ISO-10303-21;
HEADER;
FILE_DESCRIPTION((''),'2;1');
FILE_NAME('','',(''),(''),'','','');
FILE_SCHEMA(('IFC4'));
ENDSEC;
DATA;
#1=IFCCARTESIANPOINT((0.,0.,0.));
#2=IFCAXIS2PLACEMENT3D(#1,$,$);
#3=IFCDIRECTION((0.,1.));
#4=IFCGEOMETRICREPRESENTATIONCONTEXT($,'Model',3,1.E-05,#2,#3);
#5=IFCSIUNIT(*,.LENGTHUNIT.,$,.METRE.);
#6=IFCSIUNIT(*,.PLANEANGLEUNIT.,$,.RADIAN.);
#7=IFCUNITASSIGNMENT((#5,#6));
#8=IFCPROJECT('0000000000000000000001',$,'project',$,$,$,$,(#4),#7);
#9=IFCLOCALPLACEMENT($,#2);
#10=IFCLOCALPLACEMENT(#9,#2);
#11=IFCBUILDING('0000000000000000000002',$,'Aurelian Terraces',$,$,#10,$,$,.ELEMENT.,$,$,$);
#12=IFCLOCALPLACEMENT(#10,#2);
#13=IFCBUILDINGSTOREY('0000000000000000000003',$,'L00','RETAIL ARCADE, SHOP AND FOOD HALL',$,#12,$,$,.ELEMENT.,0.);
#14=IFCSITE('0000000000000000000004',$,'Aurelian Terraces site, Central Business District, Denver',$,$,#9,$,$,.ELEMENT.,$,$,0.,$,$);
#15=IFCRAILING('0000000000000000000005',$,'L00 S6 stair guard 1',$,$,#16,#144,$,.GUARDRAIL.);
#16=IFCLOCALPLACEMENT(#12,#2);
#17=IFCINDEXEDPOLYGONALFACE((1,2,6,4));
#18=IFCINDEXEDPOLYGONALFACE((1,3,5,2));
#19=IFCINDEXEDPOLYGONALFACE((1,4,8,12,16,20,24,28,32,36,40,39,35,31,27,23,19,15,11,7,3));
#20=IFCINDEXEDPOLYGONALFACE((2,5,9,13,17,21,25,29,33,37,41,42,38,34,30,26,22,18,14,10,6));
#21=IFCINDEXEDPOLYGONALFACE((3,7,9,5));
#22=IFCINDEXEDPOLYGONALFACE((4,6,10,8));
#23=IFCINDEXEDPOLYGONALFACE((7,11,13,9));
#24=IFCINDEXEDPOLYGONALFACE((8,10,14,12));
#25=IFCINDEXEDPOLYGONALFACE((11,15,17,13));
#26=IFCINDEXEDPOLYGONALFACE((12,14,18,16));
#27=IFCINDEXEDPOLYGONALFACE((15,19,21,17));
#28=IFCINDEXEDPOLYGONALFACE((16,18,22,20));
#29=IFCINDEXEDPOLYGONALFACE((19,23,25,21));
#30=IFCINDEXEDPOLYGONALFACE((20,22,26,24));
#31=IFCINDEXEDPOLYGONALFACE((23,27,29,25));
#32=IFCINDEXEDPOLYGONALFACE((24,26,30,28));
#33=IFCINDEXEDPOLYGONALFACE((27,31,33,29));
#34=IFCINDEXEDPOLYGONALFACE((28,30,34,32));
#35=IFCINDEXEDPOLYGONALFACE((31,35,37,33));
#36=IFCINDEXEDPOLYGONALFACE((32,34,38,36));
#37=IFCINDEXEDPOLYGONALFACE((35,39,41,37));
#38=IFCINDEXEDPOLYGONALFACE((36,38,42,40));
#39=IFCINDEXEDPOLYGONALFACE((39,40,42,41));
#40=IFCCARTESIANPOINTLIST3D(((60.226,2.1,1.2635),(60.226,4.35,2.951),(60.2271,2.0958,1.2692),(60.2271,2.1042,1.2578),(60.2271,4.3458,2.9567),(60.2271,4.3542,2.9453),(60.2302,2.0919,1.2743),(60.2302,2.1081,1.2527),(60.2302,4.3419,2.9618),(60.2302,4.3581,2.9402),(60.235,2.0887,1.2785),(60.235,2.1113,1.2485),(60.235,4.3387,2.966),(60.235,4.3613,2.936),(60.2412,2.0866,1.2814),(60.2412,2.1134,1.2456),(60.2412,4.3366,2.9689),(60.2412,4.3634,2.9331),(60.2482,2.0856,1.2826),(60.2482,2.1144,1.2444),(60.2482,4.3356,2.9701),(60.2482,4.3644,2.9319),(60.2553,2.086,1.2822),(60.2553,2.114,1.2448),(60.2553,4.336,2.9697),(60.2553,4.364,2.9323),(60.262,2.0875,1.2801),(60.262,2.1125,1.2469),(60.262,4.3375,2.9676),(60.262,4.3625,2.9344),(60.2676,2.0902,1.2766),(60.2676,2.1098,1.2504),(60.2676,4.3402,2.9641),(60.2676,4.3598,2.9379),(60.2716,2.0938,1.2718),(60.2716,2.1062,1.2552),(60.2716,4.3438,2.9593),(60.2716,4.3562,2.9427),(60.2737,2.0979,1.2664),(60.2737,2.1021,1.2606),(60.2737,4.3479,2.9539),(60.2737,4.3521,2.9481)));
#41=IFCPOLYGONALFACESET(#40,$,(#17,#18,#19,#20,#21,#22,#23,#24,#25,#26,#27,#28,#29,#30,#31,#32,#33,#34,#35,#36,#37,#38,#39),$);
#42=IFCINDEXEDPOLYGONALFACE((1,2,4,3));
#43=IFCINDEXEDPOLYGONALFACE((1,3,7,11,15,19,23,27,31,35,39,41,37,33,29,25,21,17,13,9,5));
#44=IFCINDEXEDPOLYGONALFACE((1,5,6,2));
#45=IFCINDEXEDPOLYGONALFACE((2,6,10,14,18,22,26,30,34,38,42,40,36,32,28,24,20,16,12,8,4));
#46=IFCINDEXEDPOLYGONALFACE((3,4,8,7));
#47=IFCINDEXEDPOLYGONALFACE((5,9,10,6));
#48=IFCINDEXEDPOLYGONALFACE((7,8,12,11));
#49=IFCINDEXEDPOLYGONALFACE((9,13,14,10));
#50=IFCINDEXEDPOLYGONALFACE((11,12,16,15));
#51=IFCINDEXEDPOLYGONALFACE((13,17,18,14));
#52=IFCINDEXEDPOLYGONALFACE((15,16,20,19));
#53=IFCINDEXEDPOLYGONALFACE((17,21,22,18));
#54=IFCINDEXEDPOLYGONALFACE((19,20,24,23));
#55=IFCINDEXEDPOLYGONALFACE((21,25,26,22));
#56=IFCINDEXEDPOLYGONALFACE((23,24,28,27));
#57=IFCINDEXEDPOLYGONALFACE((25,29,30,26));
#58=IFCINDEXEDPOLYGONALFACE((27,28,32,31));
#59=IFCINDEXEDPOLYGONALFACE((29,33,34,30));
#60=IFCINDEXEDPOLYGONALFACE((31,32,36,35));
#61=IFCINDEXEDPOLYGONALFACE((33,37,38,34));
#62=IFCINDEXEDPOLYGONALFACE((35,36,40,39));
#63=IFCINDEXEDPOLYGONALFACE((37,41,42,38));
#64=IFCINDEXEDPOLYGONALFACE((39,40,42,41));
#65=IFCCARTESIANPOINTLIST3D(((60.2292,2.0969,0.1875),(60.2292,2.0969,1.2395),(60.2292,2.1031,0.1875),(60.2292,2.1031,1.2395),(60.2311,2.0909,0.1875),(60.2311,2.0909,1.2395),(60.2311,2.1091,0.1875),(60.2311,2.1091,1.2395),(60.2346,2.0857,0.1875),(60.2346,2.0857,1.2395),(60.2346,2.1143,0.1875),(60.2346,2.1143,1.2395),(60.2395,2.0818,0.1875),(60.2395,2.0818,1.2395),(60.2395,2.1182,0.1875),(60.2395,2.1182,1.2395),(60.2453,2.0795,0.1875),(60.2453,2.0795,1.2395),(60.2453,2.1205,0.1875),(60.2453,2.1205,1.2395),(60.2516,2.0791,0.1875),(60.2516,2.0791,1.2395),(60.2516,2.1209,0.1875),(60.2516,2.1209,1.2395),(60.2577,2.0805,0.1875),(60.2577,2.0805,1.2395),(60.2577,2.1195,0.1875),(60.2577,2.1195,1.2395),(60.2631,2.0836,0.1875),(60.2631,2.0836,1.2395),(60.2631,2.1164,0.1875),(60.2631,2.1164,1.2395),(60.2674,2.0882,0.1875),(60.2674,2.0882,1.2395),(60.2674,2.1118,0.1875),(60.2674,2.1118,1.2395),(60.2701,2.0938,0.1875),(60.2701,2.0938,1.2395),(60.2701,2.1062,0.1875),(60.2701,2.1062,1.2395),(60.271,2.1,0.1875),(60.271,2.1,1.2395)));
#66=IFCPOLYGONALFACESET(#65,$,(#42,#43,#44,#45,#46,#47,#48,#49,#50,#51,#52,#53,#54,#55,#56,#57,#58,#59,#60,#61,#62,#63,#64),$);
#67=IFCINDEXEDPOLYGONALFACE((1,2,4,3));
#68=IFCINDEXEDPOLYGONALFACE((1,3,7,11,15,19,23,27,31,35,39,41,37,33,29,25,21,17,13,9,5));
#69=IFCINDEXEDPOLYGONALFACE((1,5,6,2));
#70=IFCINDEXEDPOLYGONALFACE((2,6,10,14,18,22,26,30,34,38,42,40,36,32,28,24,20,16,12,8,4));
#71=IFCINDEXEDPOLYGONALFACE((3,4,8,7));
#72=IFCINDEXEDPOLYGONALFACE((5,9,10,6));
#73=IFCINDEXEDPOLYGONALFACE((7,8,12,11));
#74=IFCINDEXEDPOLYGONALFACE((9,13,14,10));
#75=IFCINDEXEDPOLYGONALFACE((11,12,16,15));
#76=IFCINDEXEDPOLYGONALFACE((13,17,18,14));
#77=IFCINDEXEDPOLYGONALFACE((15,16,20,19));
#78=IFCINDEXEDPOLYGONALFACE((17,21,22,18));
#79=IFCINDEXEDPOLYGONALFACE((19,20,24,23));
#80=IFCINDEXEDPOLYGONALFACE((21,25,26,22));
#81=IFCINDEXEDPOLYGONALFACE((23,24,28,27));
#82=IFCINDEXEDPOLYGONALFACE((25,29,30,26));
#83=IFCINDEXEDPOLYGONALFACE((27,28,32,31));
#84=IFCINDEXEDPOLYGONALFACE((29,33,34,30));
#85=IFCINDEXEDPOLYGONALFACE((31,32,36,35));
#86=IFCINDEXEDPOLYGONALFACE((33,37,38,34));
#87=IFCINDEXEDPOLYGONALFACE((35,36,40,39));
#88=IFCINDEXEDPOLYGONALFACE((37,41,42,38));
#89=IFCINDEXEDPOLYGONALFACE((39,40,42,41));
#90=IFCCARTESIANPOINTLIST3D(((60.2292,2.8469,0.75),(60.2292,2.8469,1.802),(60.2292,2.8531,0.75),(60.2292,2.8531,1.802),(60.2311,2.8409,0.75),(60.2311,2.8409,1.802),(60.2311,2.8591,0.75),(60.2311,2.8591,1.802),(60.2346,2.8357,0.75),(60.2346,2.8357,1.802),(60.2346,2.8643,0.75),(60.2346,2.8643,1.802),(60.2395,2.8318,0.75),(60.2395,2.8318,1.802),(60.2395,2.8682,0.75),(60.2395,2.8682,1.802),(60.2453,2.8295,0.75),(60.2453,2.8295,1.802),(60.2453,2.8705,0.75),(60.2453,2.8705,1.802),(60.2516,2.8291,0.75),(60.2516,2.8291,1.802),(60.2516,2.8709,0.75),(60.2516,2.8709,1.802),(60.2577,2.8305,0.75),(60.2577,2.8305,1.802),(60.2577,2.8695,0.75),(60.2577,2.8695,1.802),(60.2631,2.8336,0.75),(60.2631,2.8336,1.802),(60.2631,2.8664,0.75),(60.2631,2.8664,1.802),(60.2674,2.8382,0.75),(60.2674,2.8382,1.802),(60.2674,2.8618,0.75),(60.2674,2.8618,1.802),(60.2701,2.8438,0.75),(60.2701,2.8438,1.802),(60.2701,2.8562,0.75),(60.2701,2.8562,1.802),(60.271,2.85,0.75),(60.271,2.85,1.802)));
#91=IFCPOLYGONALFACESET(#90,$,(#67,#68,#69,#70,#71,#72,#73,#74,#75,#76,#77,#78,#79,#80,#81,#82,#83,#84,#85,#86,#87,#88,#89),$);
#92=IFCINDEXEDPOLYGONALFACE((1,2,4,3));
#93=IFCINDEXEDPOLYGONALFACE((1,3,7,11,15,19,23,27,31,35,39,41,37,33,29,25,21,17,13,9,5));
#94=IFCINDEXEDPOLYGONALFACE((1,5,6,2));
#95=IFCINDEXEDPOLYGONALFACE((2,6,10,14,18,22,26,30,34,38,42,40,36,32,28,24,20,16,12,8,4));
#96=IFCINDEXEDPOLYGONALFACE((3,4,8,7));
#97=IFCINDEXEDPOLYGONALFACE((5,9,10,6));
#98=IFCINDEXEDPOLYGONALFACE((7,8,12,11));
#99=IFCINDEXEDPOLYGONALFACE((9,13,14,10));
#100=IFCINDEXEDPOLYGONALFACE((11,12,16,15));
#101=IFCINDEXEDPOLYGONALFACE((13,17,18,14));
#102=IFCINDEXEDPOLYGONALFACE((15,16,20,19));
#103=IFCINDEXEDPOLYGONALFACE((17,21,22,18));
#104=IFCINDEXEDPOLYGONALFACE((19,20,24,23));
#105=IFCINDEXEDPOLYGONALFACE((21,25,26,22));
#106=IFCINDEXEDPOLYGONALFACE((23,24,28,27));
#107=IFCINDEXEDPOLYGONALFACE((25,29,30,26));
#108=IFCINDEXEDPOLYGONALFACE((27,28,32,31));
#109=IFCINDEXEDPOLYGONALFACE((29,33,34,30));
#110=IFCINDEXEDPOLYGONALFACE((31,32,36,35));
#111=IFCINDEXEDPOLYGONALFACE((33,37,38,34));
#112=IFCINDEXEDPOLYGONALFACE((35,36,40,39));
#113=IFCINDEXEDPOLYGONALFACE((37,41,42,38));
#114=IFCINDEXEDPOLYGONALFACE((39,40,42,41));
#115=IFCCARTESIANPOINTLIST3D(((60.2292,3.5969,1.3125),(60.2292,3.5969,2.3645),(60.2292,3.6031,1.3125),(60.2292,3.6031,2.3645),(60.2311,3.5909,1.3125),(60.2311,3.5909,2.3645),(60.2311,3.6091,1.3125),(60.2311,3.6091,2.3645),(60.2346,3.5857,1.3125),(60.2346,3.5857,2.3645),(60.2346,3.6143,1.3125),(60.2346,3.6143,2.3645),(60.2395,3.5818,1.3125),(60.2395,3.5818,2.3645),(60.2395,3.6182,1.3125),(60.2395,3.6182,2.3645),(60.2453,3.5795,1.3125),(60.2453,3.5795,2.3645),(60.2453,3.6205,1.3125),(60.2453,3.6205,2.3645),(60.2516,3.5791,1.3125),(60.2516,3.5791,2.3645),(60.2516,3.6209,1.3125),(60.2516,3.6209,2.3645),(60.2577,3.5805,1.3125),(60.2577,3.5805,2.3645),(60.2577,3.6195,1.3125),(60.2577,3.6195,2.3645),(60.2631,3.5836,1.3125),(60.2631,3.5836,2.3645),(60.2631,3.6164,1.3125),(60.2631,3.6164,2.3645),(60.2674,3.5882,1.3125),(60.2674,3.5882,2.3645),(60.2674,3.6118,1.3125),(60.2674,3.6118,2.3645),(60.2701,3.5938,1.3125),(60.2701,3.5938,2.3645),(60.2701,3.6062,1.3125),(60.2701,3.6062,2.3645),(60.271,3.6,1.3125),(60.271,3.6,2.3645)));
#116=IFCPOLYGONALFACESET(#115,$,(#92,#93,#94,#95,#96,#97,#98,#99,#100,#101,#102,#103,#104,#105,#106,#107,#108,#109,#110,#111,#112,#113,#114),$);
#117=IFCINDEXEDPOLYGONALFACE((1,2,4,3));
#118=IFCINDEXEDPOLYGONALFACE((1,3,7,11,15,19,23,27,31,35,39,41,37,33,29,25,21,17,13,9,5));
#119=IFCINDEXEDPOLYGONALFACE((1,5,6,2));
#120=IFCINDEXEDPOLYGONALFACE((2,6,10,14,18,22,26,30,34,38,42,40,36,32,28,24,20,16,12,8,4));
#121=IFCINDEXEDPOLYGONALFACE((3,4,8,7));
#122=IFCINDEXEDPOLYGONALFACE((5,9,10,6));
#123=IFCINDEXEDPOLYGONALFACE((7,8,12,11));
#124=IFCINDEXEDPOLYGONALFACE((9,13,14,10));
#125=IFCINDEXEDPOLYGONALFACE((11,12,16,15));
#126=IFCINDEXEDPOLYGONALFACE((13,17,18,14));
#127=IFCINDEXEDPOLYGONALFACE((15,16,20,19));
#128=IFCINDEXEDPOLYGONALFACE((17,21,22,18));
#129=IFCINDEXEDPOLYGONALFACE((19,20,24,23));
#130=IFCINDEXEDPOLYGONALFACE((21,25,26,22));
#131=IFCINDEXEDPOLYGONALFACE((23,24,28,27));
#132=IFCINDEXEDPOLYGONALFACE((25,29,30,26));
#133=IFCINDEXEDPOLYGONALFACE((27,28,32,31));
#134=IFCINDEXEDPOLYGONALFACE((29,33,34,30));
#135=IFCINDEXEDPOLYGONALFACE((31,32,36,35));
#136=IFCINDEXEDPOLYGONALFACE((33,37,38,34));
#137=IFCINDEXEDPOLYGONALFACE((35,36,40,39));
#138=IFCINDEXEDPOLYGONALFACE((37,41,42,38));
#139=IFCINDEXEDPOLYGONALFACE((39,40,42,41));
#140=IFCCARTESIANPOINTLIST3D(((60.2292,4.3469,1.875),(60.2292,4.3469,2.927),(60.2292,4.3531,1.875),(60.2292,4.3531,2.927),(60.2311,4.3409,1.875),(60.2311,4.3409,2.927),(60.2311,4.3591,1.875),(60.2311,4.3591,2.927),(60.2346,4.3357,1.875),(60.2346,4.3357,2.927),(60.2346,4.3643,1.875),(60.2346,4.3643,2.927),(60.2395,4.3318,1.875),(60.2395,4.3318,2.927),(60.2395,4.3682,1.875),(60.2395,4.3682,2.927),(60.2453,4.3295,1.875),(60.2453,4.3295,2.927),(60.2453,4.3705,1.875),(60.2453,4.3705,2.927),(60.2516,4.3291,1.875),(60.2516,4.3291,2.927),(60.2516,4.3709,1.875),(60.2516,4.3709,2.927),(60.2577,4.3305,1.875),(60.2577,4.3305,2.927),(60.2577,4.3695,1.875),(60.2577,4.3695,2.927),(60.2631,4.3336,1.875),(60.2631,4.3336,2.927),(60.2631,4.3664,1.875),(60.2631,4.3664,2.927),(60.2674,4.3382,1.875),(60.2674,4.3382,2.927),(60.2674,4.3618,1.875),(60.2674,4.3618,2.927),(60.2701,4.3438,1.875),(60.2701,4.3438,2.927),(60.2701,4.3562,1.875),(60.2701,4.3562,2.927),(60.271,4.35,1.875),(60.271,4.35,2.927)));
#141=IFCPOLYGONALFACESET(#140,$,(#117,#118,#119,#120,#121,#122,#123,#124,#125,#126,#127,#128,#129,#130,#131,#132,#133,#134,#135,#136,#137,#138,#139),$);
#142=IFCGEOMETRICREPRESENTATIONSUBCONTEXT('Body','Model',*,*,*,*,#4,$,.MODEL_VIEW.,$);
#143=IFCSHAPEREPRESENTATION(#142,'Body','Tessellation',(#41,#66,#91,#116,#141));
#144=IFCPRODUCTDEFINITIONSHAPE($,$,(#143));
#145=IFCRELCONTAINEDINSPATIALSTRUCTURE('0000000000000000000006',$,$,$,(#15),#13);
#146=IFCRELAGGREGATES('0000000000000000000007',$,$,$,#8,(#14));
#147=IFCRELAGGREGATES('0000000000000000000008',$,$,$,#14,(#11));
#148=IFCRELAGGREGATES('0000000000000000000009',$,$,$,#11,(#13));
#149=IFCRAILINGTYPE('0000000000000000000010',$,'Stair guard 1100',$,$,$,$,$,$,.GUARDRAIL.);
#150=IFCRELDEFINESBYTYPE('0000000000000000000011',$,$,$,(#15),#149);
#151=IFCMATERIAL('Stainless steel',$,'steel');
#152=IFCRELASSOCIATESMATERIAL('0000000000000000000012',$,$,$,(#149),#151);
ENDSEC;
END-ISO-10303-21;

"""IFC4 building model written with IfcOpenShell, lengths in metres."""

from ifc_helpers import new_model, si_unit, direction, frame, origin, origin_2d, place, context, subcontext, project, spatial, circle, extrude, source, transform, mapped, material, type_object, element, save


model = new_model("IFC4")

# Units and contexts
model_context = context("Model", 3, precision=1e-05, world=origin(), true_north=direction((0.0, 1.0)))
body_context = subcontext(model_context, "Body", "Model", "MODEL_VIEW")
ifc_project = project(units=[si_unit("LENGTHUNIT", "METRE"), si_unit("PLANEANGLEUNIT", "RADIAN")], contexts=[model_context])

# Site, building, storey
site_placement = place(None, origin())
site = spatial("IfcSite", under=ifc_project, at=site_placement, Name="Aurelian Terraces site, Central Business District, Denver", CompositionType="ELEMENT", RefElevation=0.0)
building_placement = place(site_placement, origin())
building = spatial("IfcBuilding", under=site, at=building_placement, Name="Aurelian Terraces", CompositionType="ELEMENT")
storey_placement = place(building_placement, origin())
storey = spatial("IfcBuildingStorey", under=building, at=storey_placement, Name="L00", Description="RETAIL ARCADE, SHOP AND FOOD HALL", CompositionType="ELEMENT", Elevation=0.0)

# Railing
ifc_material_1 = material(Name="Stainless steel", Category="steel")
railing_type_1 = type_object("IfcRailingType", Name="Stair guard 1100", PredefinedType="GUARDRAIL", material=ifc_material_1)
shared_shape_1 = source(origin(), body_context, "Body", "SweptSolid", [
    extrude(circle(Radius=0.024, at=origin_2d()), frame((0.0, 0.0, 1.076), z_axis=(0.0, 0.8, 0.6), x_axis=(-1.0, 0.0, 0.0)), (0.0, 0.0, 1.0), 2.8125),
    extrude(circle(Radius=0.021, at=origin_2d()), origin(), (0.0, 0.0, 1.0), 1.052),
    extrude(circle(Radius=0.021, at=origin_2d()), frame((0.0, 0.75, 0.5625)), (0.0, 0.0, 1.0), 1.052),
    extrude(circle(Radius=0.021, at=origin_2d()), frame((0.0, 1.5, 1.125)), (0.0, 0.0, 1.0), 1.052),
    extrude(circle(Radius=0.021, at=origin_2d()), frame((0.0, 2.25, 1.6875)), (0.0, 0.0, 1.0), 1.052),
])
for number, where, name in (
    (1, (60.25, 2.1, 0.1875), "L00 S6 stair guard 1"),
):
    element("IfcRailing", number, at=place(storey_placement, frame(where)), inside=storey, type_object=railing_type_1, Name=name, PredefinedType="GUARDRAIL", context=body_context, shape_type="MappedRepresentation", body=[
        mapped(shared_shape_1, transform((0.0, 0.0, 0.0), scale=1.0)),
    ])

save(model, "model.ifc")
